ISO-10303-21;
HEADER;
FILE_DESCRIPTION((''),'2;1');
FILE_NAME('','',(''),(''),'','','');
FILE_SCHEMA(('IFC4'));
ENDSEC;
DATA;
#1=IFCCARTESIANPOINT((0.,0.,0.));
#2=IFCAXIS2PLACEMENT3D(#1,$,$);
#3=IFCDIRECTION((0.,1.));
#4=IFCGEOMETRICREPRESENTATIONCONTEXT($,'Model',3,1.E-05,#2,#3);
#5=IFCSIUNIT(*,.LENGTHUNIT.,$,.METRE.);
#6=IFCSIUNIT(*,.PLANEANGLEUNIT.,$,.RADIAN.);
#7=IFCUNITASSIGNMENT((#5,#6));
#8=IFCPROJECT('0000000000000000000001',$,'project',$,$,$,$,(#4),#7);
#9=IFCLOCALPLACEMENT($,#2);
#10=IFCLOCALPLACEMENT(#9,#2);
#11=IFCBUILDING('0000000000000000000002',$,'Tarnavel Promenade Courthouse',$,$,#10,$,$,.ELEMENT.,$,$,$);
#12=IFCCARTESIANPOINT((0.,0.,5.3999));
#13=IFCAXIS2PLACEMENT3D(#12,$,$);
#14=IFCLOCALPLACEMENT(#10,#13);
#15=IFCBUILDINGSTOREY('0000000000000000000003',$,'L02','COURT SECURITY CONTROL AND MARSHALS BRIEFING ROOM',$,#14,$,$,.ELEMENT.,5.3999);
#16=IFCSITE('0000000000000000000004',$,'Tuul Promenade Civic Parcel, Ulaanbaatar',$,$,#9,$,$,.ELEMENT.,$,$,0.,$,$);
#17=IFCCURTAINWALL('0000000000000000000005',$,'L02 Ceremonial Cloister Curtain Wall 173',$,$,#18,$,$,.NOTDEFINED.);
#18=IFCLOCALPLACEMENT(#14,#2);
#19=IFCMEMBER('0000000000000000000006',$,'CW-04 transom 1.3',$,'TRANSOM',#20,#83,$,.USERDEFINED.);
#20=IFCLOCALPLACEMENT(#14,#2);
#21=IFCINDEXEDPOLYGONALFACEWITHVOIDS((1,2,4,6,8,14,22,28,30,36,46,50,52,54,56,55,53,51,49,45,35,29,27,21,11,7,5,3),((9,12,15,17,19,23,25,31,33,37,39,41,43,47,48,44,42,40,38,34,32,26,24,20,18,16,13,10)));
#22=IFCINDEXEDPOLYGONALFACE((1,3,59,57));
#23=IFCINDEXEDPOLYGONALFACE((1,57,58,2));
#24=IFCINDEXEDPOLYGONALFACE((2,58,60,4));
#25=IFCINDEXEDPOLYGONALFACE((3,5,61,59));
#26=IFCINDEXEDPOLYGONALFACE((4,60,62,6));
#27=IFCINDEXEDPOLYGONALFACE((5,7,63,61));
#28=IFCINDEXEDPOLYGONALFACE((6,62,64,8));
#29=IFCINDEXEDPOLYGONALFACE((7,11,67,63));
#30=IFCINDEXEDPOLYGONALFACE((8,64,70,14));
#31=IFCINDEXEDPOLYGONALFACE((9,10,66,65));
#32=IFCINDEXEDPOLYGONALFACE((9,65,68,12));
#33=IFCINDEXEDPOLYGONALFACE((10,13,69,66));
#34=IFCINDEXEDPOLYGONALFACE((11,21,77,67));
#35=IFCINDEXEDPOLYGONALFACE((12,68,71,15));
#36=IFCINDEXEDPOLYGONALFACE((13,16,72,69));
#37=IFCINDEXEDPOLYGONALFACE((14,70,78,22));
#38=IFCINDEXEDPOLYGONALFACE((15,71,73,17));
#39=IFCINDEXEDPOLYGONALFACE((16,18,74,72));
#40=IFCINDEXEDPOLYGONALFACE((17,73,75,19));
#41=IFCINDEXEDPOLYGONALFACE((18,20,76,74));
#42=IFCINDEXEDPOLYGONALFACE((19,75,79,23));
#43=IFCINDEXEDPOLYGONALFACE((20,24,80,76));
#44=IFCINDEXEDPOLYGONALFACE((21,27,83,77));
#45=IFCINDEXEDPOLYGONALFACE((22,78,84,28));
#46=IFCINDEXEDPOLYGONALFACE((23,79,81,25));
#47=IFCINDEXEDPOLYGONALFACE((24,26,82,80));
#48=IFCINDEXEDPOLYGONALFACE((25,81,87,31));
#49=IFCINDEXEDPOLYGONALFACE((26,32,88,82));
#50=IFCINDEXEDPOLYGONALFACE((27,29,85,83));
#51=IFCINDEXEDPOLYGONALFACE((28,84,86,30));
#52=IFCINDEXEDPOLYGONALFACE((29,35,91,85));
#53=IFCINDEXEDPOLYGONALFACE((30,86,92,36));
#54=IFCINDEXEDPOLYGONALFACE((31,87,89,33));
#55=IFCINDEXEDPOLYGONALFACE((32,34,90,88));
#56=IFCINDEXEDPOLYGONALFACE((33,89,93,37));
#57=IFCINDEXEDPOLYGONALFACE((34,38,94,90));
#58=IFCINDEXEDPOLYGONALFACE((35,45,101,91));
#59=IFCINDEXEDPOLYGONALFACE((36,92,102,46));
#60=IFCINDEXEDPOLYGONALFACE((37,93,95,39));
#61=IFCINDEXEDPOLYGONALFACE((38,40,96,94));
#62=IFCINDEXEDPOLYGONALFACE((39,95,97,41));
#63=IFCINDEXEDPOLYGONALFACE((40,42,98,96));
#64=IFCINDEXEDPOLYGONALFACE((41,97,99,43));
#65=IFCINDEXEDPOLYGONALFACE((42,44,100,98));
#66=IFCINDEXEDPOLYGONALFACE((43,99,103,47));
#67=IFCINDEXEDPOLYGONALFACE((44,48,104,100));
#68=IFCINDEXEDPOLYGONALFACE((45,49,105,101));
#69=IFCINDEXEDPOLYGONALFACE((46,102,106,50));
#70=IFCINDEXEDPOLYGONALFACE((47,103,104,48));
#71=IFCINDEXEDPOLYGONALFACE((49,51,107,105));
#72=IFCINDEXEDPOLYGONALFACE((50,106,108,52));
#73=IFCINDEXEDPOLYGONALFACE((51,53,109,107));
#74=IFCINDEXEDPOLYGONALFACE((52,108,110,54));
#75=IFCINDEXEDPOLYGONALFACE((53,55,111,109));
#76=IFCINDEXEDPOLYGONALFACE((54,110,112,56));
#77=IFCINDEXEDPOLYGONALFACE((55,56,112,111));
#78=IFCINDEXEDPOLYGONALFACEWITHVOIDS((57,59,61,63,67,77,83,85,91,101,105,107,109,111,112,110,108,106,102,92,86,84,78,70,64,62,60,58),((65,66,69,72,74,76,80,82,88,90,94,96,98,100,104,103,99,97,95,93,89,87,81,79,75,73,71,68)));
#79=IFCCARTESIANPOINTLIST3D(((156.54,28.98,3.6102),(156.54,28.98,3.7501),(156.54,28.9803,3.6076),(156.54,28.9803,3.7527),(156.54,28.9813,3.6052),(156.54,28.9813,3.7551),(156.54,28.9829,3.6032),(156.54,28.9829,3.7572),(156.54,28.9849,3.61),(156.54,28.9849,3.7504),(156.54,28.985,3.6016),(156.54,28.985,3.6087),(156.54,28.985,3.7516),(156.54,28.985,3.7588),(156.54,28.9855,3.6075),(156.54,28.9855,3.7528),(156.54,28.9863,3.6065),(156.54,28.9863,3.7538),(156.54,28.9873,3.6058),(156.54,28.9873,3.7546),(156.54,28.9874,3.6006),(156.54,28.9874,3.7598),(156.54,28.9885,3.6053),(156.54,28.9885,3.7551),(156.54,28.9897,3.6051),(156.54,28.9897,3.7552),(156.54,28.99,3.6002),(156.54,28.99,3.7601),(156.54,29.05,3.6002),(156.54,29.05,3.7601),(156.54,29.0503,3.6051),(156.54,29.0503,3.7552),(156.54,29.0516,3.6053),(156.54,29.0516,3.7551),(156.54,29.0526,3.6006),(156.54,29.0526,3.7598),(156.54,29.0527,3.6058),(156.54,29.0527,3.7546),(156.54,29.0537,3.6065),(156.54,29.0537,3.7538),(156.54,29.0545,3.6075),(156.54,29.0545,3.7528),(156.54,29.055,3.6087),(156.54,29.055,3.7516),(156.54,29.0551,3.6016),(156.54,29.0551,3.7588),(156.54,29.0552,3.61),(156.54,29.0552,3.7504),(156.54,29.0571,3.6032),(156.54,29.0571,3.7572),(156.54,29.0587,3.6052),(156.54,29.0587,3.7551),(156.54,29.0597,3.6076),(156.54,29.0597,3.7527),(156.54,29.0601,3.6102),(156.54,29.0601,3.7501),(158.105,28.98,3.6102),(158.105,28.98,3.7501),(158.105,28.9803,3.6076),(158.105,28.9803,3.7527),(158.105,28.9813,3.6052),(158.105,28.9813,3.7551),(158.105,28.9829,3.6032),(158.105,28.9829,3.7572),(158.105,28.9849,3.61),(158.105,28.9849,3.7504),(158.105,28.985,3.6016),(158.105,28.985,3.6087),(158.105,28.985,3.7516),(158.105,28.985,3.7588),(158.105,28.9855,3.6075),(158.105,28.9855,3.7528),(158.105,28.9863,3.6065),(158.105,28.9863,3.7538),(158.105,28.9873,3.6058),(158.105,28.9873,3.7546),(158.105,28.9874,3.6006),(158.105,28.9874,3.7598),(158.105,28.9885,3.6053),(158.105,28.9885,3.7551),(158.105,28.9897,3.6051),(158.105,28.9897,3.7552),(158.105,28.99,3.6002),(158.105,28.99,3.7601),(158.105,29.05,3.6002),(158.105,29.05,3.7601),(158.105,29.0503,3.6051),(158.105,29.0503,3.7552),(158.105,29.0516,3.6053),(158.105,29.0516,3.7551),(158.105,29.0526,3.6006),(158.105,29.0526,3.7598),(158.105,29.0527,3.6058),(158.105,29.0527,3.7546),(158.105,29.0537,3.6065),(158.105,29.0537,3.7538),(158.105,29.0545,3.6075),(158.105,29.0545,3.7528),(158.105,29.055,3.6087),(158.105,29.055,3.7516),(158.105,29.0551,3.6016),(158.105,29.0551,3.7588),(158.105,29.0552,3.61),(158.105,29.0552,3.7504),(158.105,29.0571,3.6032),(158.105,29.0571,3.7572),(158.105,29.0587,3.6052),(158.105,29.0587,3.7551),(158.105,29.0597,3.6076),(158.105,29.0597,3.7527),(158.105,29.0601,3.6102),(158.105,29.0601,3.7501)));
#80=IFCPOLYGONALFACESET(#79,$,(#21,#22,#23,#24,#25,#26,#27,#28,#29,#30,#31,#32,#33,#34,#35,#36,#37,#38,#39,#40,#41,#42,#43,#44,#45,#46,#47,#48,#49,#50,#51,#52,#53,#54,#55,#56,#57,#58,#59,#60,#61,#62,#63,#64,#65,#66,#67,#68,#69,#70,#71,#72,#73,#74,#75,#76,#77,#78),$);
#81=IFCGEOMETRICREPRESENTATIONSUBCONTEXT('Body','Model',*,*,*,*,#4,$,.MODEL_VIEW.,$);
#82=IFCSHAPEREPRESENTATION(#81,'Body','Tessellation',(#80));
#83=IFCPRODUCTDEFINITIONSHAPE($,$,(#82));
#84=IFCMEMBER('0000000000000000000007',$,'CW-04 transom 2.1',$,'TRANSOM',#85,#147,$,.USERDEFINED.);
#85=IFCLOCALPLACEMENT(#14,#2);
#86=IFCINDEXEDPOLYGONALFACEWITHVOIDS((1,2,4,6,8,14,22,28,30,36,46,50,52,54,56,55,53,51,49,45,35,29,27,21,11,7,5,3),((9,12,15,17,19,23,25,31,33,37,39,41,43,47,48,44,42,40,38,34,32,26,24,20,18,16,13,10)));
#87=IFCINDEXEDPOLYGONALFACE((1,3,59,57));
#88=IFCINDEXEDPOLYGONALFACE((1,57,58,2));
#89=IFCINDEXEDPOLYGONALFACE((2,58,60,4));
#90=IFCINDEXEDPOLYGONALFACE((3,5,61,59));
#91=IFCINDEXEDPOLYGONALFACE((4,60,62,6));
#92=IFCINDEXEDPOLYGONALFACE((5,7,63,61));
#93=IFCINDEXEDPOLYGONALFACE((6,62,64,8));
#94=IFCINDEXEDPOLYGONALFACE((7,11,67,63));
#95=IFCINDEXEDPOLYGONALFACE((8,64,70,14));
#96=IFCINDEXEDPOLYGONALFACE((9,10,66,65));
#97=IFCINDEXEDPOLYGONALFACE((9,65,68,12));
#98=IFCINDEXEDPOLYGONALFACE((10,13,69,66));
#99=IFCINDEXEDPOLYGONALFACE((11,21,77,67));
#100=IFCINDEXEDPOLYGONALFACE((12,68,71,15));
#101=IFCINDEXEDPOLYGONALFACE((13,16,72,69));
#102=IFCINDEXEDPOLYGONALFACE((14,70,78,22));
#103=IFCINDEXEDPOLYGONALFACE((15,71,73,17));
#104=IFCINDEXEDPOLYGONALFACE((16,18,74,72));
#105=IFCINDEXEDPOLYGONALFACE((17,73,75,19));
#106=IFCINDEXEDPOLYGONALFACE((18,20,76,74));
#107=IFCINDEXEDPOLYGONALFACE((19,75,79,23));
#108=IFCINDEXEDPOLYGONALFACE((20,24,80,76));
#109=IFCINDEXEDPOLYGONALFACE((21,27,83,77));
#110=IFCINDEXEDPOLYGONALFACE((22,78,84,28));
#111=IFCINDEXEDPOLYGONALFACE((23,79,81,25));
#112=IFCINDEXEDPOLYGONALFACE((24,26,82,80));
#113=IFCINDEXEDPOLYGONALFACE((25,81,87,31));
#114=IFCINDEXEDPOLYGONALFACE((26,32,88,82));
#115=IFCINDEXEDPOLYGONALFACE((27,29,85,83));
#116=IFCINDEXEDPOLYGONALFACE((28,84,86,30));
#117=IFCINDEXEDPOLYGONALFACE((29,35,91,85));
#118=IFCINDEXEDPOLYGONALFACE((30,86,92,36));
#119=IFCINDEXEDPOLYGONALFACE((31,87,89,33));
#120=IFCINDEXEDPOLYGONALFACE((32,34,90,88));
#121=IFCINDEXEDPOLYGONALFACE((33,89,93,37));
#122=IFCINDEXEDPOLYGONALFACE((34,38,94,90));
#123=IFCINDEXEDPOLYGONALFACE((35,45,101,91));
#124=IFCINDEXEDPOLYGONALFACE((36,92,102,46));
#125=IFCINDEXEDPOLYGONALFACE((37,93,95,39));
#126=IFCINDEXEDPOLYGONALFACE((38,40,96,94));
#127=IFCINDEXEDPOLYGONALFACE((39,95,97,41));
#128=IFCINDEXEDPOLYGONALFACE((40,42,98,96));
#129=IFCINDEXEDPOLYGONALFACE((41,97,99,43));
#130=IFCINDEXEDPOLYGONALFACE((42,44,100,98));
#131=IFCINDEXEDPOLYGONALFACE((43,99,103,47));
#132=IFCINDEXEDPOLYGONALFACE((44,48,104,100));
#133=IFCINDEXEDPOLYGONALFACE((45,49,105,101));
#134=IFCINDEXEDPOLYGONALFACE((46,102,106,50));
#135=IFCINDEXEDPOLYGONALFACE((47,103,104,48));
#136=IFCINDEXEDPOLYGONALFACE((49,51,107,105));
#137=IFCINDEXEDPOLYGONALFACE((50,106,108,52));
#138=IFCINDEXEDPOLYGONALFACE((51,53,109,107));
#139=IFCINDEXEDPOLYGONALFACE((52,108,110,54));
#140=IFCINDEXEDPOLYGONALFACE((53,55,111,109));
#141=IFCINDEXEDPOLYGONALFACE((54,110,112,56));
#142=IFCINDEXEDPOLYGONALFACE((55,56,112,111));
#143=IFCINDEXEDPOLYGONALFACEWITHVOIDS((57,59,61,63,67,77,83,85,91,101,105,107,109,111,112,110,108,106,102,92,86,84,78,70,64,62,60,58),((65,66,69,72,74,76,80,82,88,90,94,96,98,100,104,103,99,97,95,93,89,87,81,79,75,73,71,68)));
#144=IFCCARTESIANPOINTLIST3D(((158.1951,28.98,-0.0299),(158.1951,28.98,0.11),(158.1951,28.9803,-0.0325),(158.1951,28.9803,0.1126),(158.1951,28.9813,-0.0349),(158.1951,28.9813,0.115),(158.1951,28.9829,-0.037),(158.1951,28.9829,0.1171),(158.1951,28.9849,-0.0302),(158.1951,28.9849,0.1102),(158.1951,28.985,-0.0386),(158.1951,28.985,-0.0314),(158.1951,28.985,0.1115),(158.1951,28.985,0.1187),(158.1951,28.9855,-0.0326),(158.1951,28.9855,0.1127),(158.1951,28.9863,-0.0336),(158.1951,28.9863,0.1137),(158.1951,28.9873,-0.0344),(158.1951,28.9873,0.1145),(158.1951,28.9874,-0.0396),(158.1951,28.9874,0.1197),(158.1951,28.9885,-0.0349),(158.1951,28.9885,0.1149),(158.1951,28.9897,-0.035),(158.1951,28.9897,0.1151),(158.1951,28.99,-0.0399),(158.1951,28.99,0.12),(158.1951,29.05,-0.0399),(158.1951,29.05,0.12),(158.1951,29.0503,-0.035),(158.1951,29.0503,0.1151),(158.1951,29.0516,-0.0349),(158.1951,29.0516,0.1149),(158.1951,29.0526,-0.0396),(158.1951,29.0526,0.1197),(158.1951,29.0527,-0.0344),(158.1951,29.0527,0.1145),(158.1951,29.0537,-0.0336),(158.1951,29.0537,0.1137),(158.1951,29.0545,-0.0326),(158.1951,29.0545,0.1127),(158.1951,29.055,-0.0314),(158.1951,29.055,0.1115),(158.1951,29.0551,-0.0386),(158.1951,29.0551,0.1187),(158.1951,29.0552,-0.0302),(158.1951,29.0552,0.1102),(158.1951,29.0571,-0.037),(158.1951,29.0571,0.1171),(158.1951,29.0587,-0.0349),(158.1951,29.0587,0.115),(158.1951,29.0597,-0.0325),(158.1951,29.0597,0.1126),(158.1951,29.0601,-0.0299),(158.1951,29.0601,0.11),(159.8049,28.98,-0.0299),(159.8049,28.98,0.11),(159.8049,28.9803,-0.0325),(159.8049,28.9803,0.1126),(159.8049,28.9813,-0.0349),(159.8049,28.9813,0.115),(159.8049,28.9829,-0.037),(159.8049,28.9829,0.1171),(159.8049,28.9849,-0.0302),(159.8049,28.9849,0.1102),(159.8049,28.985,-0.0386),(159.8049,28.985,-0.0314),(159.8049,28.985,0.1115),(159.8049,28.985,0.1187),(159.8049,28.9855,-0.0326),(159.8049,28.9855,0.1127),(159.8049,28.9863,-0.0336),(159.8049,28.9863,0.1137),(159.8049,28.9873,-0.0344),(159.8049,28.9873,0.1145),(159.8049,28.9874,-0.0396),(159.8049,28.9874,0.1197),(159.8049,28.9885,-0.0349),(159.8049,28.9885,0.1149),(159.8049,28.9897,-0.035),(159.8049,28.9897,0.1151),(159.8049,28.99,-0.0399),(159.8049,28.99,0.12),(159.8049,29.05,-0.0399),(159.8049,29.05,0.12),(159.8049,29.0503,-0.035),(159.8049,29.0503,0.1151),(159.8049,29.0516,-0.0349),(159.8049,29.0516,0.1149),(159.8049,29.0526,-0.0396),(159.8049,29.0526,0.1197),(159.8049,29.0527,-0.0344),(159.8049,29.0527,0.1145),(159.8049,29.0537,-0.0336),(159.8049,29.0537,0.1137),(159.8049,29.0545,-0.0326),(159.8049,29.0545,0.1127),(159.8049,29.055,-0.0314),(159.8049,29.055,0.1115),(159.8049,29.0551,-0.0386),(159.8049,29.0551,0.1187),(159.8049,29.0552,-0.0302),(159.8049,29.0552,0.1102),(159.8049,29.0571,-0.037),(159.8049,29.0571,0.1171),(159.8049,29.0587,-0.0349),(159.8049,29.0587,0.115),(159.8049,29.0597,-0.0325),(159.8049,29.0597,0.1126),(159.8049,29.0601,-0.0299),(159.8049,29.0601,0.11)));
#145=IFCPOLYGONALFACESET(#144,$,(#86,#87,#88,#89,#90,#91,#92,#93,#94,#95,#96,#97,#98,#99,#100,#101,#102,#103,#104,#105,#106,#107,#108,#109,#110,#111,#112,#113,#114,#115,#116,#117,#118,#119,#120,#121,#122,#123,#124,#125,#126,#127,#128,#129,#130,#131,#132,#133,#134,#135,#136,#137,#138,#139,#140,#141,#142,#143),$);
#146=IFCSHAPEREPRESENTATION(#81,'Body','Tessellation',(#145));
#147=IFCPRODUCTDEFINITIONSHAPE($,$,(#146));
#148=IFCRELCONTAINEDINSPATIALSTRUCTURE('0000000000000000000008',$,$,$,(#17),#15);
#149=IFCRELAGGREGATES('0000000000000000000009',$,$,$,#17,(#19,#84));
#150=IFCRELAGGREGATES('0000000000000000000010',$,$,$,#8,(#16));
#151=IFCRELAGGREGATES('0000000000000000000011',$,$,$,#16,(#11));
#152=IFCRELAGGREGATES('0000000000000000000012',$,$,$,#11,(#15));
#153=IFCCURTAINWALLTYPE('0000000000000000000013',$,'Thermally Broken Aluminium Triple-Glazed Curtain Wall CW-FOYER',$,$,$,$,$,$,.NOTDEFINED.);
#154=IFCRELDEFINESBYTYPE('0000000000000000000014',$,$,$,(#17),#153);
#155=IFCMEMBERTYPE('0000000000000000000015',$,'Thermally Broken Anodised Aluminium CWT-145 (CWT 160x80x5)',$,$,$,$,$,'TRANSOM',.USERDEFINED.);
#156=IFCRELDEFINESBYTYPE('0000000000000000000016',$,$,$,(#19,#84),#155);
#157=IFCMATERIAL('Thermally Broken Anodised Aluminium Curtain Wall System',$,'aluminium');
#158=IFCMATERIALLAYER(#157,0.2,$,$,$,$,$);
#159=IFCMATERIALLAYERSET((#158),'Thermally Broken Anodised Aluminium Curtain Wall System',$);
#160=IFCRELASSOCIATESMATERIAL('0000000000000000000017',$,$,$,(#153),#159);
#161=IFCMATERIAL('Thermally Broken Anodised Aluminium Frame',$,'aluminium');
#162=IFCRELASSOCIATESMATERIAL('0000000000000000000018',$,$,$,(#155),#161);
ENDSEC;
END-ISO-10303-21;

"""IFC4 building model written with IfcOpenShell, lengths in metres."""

from ifc_helpers import new_model, si_unit, direction, frame, origin, origin_2d, place, context, subcontext, project, spatial, hollow_rectangle, extrude, material, layer, layer_set, material_profile, profile_set, type_object, element, aggregate, save


model = new_model("IFC4")

# Units and contexts
model_context = context("Model", 3, precision=1e-05, world=origin(), true_north=direction((0.0, 1.0)))
body_context = subcontext(model_context, "Body", "Model", "MODEL_VIEW")
ifc_project = project(units=[si_unit("LENGTHUNIT", "METRE"), si_unit("PLANEANGLEUNIT", "RADIAN")], contexts=[model_context])

# Site, building, storey
site_placement = place(None, origin())
site = spatial("IfcSite", under=ifc_project, at=site_placement, Name="Tuul Promenade Civic Parcel, Ulaanbaatar", CompositionType="ELEMENT", RefElevation=0.0)
building_placement = place(site_placement, origin())
building = spatial("IfcBuilding", under=site, at=building_placement, Name="Tarnavel Promenade Courthouse", CompositionType="ELEMENT")
storey_placement = place(building_placement, frame((0.0, 0.0, 5.3999)))
storey = spatial("IfcBuildingStorey", under=building, at=storey_placement, Name="L02", Description="COURT SECURITY CONTROL AND MARSHALS BRIEFING ROOM", CompositionType="ELEMENT", Elevation=5.3999)

# Curtain wall, members
ifc_material_1 = material(Name="Thermally Broken Anodised Aluminium Curtain Wall System", Category="aluminium")
ifc_layer_1 = layer(ifc_material_1, 0.2)
ifc_layer_set_1 = layer_set([ifc_layer_1], Name="Thermally Broken Anodised Aluminium Curtain Wall System")
curtain_wall_type = type_object("IfcCurtainWallType", Name="Thermally Broken Aluminium Triple-Glazed Curtain Wall CW-FOYER", PredefinedType="NOTDEFINED", material=ifc_layer_set_1)
curtain_wall_placement = place(storey_placement, origin())
curtain_wall = element("IfcCurtainWall", 1, at=curtain_wall_placement, inside=storey, type_object=curtain_wall_type, Name="L02 Ceremonial Cloister Curtain Wall 173", PredefinedType="NOTDEFINED")
ifc_material_2 = material(Name="Thermally Broken Anodised Aluminium Frame", Category="aluminium")
ifc_material_profile_1 = material_profile(ifc_material_2, hollow_rectangle(XDim=0.0801, YDim=0.1599, WallThickness=0.0049, InnerFilletRadius=0.0049, OuterFilletRadius=0.01, at=origin_2d()), Name="CWT 160x80x5")
ifc_profile_set_1 = profile_set([ifc_material_profile_1], Name="Thermally Broken Anodised Aluminium Frame")
member_type_1 = type_object("IfcMemberType", Name="Thermally Broken Anodised Aluminium CWT-145 (CWT 160x80x5)", ElementType="TRANSOM", PredefinedType="USERDEFINED", material=ifc_profile_set_1)
member_1_placement = place(storey_placement, frame((156.54, 29.02, 3.6802), z_axis=(1.0, 0.0, 0.0), x_axis=(0.0, 1.0, 0.0)))
member_1 = element("IfcMember", 2, at=member_1_placement, type_object=member_type_1, Name="CW-04 transom 1.3", ObjectType="TRANSOM", PredefinedType="USERDEFINED", context=body_context, shape_type="SweptSolid", body=[
    extrude(hollow_rectangle(XDim=0.0801, YDim=0.1599, WallThickness=0.0049, InnerFilletRadius=0.0049, OuterFilletRadius=0.01, at=origin_2d()), origin(), (0.0, 0.0, 1.0), 1.5649),
])
member_2_placement = place(storey_placement, frame((158.1951, 29.02, 0.04), z_axis=(1.0, 0.0, 0.0), x_axis=(0.0, 1.0, 0.0)))
member_2 = element("IfcMember", 3, at=member_2_placement, type_object=member_type_1, Name="CW-04 transom 2.1", ObjectType="TRANSOM", PredefinedType="USERDEFINED", context=body_context, shape_type="SweptSolid", body=[
    extrude(hollow_rectangle(XDim=0.0801, YDim=0.1599, WallThickness=0.0049, InnerFilletRadius=0.0049, OuterFilletRadius=0.01, at=origin_2d()), origin(), (0.0, 0.0, 1.0), 1.6099),
])
aggregate(curtain_wall, [member_1, member_2])

save(model, "model.ifc")
